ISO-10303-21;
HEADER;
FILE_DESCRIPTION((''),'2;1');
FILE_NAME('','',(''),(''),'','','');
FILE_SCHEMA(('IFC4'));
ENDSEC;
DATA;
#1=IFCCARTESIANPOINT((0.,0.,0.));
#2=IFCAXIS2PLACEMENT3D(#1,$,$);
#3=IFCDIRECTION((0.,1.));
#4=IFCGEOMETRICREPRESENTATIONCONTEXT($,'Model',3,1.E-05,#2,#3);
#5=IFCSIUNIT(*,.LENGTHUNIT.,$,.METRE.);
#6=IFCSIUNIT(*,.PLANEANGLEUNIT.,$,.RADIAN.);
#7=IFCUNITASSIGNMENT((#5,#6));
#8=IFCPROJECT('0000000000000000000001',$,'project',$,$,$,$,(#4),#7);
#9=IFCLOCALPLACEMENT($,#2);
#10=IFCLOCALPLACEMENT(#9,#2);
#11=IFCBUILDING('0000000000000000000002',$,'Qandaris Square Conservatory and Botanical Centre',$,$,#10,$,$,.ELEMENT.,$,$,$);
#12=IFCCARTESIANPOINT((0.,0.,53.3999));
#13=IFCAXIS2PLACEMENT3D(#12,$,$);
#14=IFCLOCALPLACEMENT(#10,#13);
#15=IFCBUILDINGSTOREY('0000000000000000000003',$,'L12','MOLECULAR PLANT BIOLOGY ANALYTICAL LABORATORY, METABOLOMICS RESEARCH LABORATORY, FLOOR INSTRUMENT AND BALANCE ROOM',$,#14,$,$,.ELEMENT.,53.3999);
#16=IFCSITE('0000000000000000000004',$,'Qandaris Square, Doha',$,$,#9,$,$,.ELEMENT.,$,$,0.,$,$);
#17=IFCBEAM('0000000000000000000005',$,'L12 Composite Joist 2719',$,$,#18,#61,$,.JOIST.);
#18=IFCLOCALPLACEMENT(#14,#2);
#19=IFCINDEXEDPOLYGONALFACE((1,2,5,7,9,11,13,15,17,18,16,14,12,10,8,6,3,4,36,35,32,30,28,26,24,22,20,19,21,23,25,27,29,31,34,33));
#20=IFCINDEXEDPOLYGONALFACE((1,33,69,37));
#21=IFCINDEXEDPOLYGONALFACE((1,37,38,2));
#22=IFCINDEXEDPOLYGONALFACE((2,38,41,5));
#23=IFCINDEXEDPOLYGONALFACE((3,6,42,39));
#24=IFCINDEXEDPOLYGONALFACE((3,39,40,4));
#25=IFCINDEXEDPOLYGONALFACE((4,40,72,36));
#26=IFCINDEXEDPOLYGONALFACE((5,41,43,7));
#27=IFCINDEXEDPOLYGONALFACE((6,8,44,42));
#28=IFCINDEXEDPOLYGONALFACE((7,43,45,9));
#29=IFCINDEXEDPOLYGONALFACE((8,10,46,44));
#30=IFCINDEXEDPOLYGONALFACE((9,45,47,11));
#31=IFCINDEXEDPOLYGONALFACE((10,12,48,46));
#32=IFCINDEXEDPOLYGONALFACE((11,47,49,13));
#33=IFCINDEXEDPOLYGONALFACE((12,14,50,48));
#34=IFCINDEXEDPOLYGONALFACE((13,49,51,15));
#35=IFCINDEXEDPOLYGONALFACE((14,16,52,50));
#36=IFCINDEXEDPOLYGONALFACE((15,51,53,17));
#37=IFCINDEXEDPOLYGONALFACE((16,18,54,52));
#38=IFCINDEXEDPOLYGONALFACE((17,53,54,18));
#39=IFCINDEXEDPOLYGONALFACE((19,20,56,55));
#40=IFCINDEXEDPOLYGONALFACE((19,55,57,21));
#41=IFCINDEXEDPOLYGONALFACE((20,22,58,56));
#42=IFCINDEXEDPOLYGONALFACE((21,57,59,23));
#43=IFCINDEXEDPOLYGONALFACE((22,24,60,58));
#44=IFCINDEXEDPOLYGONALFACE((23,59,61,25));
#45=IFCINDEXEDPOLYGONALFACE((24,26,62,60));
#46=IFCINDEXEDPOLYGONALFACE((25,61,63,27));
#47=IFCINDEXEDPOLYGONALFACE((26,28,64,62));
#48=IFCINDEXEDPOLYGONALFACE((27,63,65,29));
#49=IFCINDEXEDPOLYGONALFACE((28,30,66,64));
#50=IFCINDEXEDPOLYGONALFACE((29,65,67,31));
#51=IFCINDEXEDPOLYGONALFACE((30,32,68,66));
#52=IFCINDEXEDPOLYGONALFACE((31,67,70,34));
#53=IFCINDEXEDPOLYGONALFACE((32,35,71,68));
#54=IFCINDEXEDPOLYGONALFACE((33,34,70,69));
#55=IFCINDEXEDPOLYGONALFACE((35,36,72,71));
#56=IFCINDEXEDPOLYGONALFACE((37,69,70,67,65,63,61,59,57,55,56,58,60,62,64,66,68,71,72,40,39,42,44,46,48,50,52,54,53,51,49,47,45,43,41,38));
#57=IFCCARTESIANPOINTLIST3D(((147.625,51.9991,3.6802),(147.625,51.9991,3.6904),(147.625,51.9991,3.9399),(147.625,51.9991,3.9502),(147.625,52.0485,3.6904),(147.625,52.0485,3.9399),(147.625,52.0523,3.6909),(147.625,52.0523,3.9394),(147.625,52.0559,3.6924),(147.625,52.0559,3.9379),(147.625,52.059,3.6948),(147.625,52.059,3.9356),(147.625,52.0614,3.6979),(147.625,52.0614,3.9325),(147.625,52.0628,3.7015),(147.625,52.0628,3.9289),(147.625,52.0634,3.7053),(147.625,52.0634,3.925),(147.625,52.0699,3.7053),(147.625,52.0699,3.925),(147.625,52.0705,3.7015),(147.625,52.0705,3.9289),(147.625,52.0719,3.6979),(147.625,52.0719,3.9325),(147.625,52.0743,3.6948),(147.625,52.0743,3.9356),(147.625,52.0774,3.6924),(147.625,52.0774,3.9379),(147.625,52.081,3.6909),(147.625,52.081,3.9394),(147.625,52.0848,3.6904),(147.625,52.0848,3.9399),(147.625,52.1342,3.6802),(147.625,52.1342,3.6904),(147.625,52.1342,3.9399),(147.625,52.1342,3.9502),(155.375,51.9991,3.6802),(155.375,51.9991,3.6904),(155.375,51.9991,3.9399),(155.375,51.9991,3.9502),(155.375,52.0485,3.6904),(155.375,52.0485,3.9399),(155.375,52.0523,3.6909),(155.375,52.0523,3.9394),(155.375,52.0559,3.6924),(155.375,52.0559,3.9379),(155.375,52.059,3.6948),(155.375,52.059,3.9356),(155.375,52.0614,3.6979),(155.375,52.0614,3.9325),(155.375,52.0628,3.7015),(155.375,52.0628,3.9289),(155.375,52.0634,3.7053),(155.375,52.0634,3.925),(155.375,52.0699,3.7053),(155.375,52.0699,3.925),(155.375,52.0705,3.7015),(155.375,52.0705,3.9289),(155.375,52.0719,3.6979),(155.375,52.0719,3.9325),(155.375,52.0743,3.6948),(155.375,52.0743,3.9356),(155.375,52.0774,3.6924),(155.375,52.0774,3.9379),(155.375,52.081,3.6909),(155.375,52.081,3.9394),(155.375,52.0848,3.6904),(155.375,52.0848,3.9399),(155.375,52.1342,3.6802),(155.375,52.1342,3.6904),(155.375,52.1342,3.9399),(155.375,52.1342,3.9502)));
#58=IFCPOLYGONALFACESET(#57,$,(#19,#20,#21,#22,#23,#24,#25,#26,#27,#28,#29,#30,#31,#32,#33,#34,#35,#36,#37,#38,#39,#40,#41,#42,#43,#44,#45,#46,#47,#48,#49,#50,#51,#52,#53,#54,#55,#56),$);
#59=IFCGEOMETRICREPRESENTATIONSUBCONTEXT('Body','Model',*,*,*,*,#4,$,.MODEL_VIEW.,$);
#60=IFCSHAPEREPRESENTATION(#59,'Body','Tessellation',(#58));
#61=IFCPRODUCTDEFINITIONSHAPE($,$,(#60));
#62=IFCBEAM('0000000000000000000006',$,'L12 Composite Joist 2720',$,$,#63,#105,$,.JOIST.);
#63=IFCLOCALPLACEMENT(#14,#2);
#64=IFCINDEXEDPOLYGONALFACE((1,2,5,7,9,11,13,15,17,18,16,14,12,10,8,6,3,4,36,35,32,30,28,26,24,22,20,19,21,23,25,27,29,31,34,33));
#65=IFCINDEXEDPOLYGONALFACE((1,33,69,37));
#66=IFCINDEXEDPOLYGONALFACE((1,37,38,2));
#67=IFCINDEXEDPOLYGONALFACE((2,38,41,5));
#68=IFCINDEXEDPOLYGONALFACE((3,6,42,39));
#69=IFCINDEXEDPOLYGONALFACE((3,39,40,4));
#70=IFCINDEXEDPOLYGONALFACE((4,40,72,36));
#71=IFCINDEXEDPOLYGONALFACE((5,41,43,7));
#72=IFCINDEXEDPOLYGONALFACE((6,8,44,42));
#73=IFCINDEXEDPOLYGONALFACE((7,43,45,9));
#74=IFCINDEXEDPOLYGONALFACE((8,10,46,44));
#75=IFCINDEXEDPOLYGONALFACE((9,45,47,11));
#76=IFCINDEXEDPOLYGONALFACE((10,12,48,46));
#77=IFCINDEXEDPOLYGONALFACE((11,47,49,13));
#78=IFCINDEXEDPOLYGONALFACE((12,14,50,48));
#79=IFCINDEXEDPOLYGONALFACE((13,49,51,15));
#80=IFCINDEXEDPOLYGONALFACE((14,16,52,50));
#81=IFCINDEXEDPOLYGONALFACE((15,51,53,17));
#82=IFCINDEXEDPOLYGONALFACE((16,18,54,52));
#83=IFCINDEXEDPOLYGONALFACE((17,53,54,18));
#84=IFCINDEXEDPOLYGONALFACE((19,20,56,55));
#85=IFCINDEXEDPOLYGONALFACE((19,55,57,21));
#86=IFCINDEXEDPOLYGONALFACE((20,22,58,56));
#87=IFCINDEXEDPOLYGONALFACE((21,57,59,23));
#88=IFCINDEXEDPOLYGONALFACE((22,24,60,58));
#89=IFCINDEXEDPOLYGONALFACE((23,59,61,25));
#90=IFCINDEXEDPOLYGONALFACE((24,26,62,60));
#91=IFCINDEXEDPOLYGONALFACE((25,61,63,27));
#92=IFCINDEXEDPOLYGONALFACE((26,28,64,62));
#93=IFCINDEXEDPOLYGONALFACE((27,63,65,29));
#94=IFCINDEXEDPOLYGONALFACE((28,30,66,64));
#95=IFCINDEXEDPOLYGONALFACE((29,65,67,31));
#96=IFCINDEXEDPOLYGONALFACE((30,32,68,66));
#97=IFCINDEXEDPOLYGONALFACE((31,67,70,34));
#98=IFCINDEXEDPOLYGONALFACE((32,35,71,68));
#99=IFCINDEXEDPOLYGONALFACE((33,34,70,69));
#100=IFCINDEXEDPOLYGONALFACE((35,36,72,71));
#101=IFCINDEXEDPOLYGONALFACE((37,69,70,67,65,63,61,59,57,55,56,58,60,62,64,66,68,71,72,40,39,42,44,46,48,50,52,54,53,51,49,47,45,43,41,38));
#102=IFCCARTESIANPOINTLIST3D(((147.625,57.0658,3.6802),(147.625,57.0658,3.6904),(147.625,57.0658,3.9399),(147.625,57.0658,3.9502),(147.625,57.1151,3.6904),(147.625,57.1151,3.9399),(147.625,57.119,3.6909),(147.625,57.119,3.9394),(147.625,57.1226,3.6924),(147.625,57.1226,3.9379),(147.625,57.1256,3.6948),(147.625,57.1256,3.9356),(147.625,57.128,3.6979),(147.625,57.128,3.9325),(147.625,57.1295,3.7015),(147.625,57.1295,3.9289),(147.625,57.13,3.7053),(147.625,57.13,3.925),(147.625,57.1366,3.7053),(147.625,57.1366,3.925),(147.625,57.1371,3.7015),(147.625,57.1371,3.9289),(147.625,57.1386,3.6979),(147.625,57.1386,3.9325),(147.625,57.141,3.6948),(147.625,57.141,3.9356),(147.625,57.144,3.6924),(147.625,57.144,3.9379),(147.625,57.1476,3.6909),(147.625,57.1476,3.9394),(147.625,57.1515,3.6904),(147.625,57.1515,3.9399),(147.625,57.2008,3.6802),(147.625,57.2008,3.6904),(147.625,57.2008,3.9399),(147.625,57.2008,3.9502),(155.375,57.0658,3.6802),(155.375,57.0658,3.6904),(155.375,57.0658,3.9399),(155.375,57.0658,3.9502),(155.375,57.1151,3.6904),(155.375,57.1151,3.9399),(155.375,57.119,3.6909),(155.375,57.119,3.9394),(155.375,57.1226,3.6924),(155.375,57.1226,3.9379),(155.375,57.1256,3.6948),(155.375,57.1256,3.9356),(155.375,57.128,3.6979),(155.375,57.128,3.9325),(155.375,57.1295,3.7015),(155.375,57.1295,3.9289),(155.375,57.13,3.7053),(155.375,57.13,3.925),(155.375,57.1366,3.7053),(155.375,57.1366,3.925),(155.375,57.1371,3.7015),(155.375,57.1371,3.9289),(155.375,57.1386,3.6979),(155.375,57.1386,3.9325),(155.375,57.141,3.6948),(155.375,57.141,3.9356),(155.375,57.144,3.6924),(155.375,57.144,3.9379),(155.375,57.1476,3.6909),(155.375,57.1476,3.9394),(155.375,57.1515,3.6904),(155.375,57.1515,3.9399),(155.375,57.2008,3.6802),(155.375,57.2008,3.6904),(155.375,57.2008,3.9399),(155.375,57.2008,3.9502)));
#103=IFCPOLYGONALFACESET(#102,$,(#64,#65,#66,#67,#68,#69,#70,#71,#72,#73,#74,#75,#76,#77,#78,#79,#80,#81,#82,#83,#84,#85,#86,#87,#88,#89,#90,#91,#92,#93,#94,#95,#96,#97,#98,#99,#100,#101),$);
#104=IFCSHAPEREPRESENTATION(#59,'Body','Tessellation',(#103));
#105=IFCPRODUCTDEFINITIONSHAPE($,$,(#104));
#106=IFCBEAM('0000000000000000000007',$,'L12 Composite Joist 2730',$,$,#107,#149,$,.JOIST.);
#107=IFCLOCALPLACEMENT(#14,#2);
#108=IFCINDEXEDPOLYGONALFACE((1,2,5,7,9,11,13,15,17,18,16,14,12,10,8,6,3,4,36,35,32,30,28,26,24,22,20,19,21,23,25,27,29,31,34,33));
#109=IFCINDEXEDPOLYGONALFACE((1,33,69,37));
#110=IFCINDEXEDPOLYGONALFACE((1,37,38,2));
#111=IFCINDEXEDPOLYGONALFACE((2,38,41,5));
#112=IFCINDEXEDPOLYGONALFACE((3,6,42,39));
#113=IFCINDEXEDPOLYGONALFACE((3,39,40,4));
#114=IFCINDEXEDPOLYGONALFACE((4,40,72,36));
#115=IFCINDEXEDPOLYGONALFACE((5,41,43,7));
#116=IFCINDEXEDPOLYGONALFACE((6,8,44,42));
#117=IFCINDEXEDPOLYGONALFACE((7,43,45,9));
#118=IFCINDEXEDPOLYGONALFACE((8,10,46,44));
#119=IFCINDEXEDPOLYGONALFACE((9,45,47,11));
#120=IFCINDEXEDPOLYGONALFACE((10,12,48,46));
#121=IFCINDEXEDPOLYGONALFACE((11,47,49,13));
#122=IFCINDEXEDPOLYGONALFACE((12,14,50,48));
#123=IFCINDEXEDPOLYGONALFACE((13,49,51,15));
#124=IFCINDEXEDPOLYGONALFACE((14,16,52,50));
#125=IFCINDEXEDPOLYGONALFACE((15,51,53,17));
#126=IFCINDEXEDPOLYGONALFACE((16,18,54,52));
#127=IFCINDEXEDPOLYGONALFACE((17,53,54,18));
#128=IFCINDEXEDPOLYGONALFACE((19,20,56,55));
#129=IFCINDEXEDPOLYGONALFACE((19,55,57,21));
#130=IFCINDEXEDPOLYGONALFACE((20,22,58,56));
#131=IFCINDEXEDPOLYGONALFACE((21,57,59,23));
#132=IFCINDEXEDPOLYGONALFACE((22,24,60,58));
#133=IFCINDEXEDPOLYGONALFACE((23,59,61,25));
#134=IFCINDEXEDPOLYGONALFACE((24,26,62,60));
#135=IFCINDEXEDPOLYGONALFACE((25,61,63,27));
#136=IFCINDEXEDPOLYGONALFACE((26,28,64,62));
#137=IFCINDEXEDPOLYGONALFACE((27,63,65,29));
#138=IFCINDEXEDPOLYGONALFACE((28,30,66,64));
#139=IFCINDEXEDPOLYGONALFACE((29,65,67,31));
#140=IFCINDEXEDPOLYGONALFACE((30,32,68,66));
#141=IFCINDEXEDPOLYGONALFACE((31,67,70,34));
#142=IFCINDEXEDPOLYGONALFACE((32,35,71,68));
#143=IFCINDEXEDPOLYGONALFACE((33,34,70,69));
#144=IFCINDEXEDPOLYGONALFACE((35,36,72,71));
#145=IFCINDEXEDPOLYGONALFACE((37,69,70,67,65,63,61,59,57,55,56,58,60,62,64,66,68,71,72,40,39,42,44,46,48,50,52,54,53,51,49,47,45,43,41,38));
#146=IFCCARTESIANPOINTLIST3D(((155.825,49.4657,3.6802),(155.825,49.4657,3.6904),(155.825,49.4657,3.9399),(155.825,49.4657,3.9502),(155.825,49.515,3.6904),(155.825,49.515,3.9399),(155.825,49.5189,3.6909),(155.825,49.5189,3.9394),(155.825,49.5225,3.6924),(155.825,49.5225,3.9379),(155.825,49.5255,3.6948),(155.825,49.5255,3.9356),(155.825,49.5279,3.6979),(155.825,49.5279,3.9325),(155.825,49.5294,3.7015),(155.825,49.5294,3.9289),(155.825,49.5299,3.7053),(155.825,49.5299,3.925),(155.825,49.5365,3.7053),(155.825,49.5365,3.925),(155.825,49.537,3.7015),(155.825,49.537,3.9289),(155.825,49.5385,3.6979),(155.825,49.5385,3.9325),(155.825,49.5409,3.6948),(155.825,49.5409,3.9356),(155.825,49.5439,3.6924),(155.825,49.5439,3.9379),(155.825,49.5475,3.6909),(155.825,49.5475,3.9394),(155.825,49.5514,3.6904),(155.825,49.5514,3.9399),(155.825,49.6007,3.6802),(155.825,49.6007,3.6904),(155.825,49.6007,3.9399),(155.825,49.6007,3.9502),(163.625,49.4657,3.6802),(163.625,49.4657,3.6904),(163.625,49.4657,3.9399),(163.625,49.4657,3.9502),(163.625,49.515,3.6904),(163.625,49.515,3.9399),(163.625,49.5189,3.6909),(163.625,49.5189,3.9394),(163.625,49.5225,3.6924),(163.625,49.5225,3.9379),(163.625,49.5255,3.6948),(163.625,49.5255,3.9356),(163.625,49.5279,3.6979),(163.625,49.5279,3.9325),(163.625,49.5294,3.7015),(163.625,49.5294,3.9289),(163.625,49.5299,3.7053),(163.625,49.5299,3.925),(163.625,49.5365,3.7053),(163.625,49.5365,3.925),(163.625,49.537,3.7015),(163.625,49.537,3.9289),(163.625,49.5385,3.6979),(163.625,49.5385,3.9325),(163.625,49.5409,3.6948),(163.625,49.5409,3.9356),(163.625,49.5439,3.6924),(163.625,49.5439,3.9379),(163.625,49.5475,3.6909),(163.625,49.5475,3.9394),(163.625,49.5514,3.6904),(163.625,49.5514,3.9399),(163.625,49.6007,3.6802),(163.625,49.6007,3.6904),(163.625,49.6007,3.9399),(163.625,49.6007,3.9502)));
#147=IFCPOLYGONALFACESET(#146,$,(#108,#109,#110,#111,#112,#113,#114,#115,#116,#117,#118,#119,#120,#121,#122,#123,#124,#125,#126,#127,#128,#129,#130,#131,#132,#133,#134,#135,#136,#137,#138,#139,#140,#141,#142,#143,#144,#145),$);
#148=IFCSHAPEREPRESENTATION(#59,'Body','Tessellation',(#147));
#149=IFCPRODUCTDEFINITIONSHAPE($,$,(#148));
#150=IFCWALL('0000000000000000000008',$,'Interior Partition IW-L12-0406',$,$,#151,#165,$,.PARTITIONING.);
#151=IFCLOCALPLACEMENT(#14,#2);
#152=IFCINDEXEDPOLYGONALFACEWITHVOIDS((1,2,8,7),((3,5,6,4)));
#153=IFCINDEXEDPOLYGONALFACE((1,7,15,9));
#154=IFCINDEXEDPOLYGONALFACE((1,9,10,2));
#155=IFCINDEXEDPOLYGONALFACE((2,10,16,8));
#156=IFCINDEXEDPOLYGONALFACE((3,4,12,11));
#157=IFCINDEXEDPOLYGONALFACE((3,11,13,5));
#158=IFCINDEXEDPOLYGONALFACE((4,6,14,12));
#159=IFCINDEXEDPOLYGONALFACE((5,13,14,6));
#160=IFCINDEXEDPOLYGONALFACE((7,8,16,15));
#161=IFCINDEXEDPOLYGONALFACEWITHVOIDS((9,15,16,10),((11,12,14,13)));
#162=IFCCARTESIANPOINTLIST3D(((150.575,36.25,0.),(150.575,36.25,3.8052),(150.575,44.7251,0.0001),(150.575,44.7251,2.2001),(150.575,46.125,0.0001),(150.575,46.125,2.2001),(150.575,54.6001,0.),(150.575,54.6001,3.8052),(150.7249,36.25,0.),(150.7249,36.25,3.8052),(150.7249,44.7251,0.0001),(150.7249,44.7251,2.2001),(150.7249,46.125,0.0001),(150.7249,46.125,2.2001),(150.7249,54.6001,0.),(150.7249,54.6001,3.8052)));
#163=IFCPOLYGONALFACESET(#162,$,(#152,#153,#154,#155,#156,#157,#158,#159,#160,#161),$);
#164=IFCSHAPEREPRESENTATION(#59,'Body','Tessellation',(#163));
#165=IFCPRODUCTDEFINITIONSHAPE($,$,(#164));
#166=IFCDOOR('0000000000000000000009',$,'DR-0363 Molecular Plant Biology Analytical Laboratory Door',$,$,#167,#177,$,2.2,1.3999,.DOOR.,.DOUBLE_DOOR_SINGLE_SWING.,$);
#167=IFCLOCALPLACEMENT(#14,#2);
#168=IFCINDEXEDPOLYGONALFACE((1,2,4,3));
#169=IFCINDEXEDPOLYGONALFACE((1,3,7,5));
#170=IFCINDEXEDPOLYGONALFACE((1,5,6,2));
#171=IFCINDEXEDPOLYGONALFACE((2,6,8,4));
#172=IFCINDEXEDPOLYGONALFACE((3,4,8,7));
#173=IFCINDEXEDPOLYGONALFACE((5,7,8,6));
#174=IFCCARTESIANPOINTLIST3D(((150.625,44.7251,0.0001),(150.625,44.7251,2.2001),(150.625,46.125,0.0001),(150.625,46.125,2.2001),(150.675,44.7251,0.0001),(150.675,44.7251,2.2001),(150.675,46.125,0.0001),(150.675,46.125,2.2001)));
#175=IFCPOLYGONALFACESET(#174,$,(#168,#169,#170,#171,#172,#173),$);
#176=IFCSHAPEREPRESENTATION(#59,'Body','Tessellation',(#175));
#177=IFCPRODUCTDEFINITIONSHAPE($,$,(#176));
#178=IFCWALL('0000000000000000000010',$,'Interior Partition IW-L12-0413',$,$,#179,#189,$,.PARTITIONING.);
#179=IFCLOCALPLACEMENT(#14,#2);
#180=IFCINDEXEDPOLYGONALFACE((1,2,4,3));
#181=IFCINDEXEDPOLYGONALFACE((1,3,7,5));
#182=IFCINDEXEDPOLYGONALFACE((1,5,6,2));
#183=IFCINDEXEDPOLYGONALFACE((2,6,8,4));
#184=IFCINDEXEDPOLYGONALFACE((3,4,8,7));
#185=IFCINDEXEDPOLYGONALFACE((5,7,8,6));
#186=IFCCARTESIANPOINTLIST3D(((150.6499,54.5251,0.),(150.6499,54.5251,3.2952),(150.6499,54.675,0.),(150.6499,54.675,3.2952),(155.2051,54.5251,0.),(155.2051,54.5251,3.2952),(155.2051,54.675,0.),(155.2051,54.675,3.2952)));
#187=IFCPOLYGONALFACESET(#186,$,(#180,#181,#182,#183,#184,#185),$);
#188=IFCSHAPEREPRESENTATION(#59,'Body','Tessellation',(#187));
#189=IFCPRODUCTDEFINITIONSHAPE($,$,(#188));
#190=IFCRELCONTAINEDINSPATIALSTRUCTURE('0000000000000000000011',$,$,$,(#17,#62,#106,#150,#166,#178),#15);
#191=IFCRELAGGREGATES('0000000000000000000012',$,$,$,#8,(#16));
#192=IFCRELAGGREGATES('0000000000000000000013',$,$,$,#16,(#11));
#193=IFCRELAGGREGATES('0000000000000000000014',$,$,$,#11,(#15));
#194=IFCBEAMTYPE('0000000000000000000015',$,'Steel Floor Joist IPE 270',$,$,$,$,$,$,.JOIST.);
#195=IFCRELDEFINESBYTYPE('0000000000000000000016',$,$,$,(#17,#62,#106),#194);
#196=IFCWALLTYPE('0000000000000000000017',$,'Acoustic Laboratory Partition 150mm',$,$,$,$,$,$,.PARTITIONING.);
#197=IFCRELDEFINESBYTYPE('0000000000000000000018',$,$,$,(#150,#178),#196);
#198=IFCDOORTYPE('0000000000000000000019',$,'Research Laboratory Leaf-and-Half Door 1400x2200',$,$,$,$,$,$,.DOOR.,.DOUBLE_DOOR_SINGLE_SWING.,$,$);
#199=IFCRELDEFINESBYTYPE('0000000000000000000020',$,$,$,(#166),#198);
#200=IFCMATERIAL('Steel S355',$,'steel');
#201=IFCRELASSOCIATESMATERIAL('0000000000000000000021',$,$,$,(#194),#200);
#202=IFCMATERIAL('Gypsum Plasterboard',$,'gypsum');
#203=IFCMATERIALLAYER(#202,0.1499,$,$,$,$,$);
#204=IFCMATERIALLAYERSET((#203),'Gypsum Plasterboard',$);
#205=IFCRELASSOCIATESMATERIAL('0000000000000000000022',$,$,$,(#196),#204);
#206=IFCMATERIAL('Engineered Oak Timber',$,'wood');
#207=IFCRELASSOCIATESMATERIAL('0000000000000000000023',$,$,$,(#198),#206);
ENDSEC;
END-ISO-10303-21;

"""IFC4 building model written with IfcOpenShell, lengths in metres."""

from ifc_helpers import new_model, si_unit, direction, frame, frame_2d, origin, origin_2d, place, context, subcontext, project, spatial, rectangle, i_section, extrude, material, layer, layer_set, material_profile, profile_set, type_object, element, fill, save


model = new_model("IFC4")

# Units and contexts
model_context = context("Model", 3, precision=1e-05, world=origin(), true_north=direction((0.0, 1.0)))
body_context = subcontext(model_context, "Body", "Model", "MODEL_VIEW")
ifc_project = project(units=[si_unit("LENGTHUNIT", "METRE"), si_unit("PLANEANGLEUNIT", "RADIAN")], contexts=[model_context])

# Site, building, storey
site_placement = place(None, origin())
site = spatial("IfcSite", under=ifc_project, at=site_placement, Name="Qandaris Square, Doha", CompositionType="ELEMENT", RefElevation=0.0)
building_placement = place(site_placement, origin())
building = spatial("IfcBuilding", under=site, at=building_placement, Name="Qandaris Square Conservatory and Botanical Centre", CompositionType="ELEMENT")
storey_placement = place(building_placement, frame((0.0, 0.0, 53.3999)))
storey = spatial("IfcBuildingStorey", under=building, at=storey_placement, Name="L12", Description="MOLECULAR PLANT BIOLOGY ANALYTICAL LABORATORY, METABOLOMICS RESEARCH LABORATORY, FLOOR INSTRUMENT AND BALANCE ROOM", CompositionType="ELEMENT", Elevation=53.3999)

# Beams
ifc_material_1 = material(Name="Steel S355", Category="steel")
ifc_material_profile_1 = material_profile(ifc_material_1, i_section(OverallWidth=0.135, OverallDepth=0.27, WebThickness=0.0066, FlangeThickness=0.0103, FilletRadius=0.0149, at=origin_2d()), Name="IPE 270")
ifc_profile_set_1 = profile_set([ifc_material_profile_1], Name="Steel S355")
beam_type_1 = type_object("IfcBeamType", Name="Steel Floor Joist IPE 270", PredefinedType="JOIST", material=ifc_profile_set_1)
for number, where, z_axis, x_axis, name in (
    (1, (147.625, 52.0667, 3.8152), (1.0, 0.0, 0.0), (0.0, 1.0, 0.0), "L12 Composite Joist 2719"),
    (2, (147.625, 57.1333, 3.8152), (1.0, 0.0, 0.0), (0.0, 1.0, 0.0), "L12 Composite Joist 2720"),
):
    element("IfcBeam", number, at=place(storey_placement, frame(where, z_axis=z_axis, x_axis=x_axis)), inside=storey, type_object=beam_type_1, Name=name, PredefinedType="JOIST", context=body_context, shape_type="SweptSolid", body=[
        extrude(i_section(OverallWidth=0.135, OverallDepth=0.27, WebThickness=0.0066, FlangeThickness=0.0103, FilletRadius=0.0149, at=origin_2d()), origin(), (0.0, 0.0, 1.0), 7.75),
    ])
beam_1_placement = place(storey_placement, frame((155.825, 49.5332, 3.8152), z_axis=(1.0, 0.0, 0.0), x_axis=(0.0, 1.0, 0.0)))
element("IfcBeam", 3, at=beam_1_placement, inside=storey, type_object=beam_type_1, Name="L12 Composite Joist 2730", PredefinedType="JOIST", context=body_context, shape_type="SweptSolid", body=[
    extrude(i_section(OverallWidth=0.135, OverallDepth=0.27, WebThickness=0.0066, FlangeThickness=0.0103, FilletRadius=0.0149, at=origin_2d()), origin(), (0.0, 0.0, 1.0), 7.8),
])

# Wall, opening, door
ifc_material_2 = material(Name="Gypsum Plasterboard", Category="gypsum")
ifc_layer_1 = layer(ifc_material_2, 0.1499)
ifc_layer_set_1 = layer_set([ifc_layer_1], Name="Gypsum Plasterboard")
wall_type_1 = type_object("IfcWallType", Name="Acoustic Laboratory Partition 150mm", PredefinedType="PARTITIONING", material=ifc_layer_set_1)
wall_1_placement = place(storey_placement, frame((150.6499, 54.6001, 0.0), z_axis=(0.0, 0.0, 1.0), x_axis=(0.0, -1.0, 0.0)))
wall_1 = element("IfcWall", 4, at=wall_1_placement, inside=storey, type_object=wall_type_1, Name="Interior Partition IW-L12-0406", PredefinedType="PARTITIONING", context=body_context, shape_type="SweptSolid", body=[
    extrude(rectangle(XDim=18.3501, YDim=0.1499, at=frame_2d((9.175, 0.0))), origin(), (0.0, 0.0, 1.0), 3.8052),
])
opening_1_placement = place(wall_1_placement, frame((8.4751, 0.0, 0.0)))
opening_1 = element("IfcOpeningElement", 5, at=opening_1_placement, cuts=wall_1, PredefinedType="OPENING", context=body_context, shape_type="SweptSolid", body=[
    extrude(rectangle(XDim=1.3999, YDim=2.2, at=frame_2d((0.7, 1.1001))), frame((0.0, 0.0869, 0.0), z_axis=(0.0, -1.0, 0.0), x_axis=(1.0, 0.0, 0.0)), (0.0, 0.0, 1.0), 0.1738),
])
ifc_material_3 = material(Name="Engineered Oak Timber", Category="wood")
door_type_1 = type_object("IfcDoorType", Name="Research Laboratory Leaf-and-Half Door 1400x2200", OperationType="DOUBLE_DOOR_SINGLE_SWING", PredefinedType="DOOR", material=ifc_material_3)
door_1_placement = place(opening_1_placement, frame((1.3999, 0.0, 0.0), z_axis=(0.0, 0.0, 1.0), x_axis=(-1.0, 0.0, 0.0)))
door_1 = element("IfcDoor", 6, at=door_1_placement, inside=storey, type_object=door_type_1, Name="DR-0363 Molecular Plant Biology Analytical Laboratory Door", OperationType="DOUBLE_DOOR_SINGLE_SWING", OverallHeight=2.2, OverallWidth=1.3999, PredefinedType="DOOR", context=body_context, shape_type="SweptSolid", body=[
    extrude(rectangle(XDim=1.3999, YDim=2.2, at=frame_2d((0.7, 1.1001))), frame((0.0, 0.0249, 0.0), z_axis=(0.0, -1.0, 0.0), x_axis=(1.0, 0.0, 0.0)), (0.0, 0.0, 1.0), 0.05),
])
fill(opening_1, door_1)

# Wall
wall_2_placement = place(storey_placement, frame((150.6499, 54.6001, 0.0), z_axis=(0.0, 0.0, 1.0), x_axis=(1.0, 0.0, 0.0)))
element("IfcWall", 7, at=wall_2_placement, inside=storey, type_object=wall_type_1, Name="Interior Partition IW-L12-0413", PredefinedType="PARTITIONING", context=body_context, shape_type="SweptSolid", body=[
    extrude(rectangle(XDim=4.5552, YDim=0.1499, at=frame_2d((2.2776, 0.0))), origin(), (0.0, 0.0, 1.0), 3.2952),
])

save(model, "model.ifc")
